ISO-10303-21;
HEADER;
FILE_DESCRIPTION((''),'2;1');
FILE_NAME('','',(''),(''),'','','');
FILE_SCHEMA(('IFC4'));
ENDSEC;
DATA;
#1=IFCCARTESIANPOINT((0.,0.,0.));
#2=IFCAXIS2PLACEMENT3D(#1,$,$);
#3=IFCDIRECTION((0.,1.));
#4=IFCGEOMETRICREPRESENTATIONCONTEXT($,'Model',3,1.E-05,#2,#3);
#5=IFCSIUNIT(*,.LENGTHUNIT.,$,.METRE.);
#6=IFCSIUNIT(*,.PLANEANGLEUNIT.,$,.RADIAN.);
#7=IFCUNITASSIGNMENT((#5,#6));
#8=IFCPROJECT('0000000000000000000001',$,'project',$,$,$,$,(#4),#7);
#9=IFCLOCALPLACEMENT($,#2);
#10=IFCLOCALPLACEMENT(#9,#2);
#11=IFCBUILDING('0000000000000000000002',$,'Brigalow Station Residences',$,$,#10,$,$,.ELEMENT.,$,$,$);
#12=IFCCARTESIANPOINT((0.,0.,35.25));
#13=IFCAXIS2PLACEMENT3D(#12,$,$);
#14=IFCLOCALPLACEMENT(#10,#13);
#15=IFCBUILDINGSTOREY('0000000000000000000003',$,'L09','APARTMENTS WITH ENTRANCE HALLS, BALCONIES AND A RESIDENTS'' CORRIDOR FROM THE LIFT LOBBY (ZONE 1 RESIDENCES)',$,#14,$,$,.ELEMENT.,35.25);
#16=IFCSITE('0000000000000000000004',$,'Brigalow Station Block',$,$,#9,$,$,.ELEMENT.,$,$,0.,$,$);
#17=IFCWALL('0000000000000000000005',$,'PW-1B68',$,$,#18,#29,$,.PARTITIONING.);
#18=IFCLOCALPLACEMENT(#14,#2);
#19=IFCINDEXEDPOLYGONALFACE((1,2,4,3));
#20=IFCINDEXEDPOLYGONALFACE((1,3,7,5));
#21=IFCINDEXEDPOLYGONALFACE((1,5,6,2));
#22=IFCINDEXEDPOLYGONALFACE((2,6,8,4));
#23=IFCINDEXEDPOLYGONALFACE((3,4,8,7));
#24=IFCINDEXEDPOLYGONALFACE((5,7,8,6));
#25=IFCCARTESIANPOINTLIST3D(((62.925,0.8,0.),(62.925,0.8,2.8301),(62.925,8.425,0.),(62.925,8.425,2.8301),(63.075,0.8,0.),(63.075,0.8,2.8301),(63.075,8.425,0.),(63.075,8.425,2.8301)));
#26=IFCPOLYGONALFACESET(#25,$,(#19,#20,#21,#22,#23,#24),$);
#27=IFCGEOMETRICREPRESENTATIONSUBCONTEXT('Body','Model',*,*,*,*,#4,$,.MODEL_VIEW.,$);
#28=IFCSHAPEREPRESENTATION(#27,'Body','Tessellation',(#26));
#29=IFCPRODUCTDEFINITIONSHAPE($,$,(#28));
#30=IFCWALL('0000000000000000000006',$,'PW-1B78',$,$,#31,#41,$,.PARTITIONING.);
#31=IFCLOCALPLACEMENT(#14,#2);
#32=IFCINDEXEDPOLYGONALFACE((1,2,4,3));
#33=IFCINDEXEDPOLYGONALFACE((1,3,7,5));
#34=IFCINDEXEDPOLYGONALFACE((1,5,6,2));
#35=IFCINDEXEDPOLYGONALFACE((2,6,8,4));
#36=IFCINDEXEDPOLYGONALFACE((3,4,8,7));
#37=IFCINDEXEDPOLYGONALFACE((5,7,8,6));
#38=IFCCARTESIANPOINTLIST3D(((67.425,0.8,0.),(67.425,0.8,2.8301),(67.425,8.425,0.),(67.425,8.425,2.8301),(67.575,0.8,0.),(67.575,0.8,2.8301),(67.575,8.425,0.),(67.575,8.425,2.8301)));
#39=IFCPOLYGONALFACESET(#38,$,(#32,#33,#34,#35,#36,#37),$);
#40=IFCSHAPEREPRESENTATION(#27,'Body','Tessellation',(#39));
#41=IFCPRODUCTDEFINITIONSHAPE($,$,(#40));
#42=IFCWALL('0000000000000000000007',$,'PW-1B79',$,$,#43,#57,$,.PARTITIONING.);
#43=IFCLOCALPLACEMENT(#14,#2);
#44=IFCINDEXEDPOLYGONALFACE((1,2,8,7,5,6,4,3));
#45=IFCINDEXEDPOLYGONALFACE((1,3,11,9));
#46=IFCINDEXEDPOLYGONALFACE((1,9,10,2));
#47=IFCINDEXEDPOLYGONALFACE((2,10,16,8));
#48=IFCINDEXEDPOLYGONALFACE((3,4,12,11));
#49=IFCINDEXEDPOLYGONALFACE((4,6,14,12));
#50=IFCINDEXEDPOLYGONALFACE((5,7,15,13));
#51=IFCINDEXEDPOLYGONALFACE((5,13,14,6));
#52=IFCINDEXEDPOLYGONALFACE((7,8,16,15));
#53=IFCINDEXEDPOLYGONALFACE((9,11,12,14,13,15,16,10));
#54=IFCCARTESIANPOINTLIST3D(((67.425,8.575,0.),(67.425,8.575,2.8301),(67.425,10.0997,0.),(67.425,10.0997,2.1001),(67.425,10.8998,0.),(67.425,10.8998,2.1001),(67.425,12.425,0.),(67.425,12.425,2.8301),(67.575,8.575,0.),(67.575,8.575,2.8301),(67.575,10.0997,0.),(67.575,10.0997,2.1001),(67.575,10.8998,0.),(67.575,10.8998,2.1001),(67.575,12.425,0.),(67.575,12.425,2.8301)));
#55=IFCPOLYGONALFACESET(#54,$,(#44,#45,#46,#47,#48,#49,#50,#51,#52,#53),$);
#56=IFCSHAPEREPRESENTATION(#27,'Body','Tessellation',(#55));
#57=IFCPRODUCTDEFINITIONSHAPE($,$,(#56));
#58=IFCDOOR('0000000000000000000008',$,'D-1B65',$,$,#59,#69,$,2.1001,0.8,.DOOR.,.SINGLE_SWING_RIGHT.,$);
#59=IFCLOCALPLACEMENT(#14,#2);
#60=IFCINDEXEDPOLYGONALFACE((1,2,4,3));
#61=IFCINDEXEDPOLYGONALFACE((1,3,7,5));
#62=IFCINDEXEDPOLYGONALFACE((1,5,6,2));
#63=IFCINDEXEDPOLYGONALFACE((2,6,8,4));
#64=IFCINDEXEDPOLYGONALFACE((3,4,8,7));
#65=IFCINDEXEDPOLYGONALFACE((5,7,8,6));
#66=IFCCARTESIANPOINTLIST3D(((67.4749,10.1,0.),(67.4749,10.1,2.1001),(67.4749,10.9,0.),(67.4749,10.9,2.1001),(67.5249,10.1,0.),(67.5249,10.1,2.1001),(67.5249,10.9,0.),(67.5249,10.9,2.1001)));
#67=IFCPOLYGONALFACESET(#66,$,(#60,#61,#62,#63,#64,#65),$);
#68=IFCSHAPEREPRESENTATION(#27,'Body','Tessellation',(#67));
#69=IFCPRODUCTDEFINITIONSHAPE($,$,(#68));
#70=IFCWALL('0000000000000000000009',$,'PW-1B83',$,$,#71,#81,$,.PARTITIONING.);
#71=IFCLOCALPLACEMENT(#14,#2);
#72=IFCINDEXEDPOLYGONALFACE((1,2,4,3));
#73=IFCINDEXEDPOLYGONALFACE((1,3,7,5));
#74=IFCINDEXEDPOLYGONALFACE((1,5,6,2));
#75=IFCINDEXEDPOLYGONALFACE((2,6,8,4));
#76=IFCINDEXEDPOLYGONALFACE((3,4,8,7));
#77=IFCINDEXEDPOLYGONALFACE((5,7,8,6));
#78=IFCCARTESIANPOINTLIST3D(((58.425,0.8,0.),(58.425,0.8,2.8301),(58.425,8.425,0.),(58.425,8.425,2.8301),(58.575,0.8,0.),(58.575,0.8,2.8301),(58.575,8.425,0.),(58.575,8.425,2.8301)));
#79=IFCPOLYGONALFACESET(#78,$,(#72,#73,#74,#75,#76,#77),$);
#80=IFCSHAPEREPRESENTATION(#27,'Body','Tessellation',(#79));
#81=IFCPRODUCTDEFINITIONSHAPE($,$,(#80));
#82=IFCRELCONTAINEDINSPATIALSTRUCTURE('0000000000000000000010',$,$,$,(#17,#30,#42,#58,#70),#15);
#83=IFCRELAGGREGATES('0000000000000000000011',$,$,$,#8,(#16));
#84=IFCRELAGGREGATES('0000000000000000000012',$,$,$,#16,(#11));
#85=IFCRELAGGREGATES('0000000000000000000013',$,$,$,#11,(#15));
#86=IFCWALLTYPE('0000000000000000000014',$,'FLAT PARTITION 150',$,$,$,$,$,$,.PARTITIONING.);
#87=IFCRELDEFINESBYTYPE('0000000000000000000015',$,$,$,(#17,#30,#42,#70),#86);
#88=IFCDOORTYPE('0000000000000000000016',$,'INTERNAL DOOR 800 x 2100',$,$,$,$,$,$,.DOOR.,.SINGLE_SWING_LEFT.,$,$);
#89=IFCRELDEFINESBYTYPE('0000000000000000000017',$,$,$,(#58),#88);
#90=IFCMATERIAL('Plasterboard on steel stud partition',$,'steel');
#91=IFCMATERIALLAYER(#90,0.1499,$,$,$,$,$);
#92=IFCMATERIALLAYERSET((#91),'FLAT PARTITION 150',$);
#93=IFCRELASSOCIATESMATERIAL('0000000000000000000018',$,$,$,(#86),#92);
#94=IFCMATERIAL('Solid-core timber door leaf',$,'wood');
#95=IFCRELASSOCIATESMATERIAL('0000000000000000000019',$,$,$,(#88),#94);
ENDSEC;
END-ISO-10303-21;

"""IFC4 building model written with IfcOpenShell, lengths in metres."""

from ifc_helpers import new_model, si_unit, direction, frame, frame_2d, origin, place, context, subcontext, project, spatial, rectangle, extrude, material, layer, layer_set, type_object, element, fill, save


model = new_model("IFC4")

# Units and contexts
model_context = context("Model", 3, precision=1e-05, world=origin(), true_north=direction((0.0, 1.0)))
body_context = subcontext(model_context, "Body", "Model", "MODEL_VIEW")
ifc_project = project(units=[si_unit("LENGTHUNIT", "METRE"), si_unit("PLANEANGLEUNIT", "RADIAN")], contexts=[model_context])

# Site, building, storey
site_placement = place(None, origin())
site = spatial("IfcSite", under=ifc_project, at=site_placement, Name="Brigalow Station Block", CompositionType="ELEMENT", RefElevation=0.0)
building_placement = place(site_placement, origin())
building = spatial("IfcBuilding", under=site, at=building_placement, Name="Brigalow Station Residences", CompositionType="ELEMENT")
storey_placement = place(building_placement, frame((0.0, 0.0, 35.25)))
storey = spatial("IfcBuildingStorey", under=building, at=storey_placement, Name="L09", Description="APARTMENTS WITH ENTRANCE HALLS, BALCONIES AND A RESIDENTS' CORRIDOR FROM THE LIFT LOBBY (ZONE 1 RESIDENCES)", CompositionType="ELEMENT", Elevation=35.25)

# Walls
ifc_material_1 = material(Name="Plasterboard on steel stud partition", Category="steel")
ifc_layer_1 = layer(ifc_material_1, 0.1499)
ifc_layer_set_1 = layer_set([ifc_layer_1], Name="FLAT PARTITION 150")
wall_type_1 = type_object("IfcWallType", Name="FLAT PARTITION 150", PredefinedType="PARTITIONING", material=ifc_layer_set_1)
for number, where, z_axis, x_axis, name in (
    (1, (63.0, 0.8, 0.0), (0.0, 0.0, 1.0), (0.0, 1.0, 0.0), "PW-1B68"),
    (2, (67.5, 0.8, 0.0), (0.0, 0.0, 1.0), (0.0, 1.0, 0.0), "PW-1B78"),
):
    element("IfcWall", number, at=place(storey_placement, frame(where, z_axis=z_axis, x_axis=x_axis)), inside=storey, type_object=wall_type_1, Name=name, PredefinedType="PARTITIONING", context=body_context, shape_type="SweptSolid", body=[
        extrude(rectangle(XDim=7.625, YDim=0.1499, at=frame_2d((3.8125, 0.0))), origin(), (0.0, 0.0, 1.0), 2.8301),
    ])

# Wall, opening, door
wall_1_placement = place(storey_placement, frame((67.5, 8.575, 0.0), z_axis=(0.0, 0.0, 1.0), x_axis=(0.0, 1.0, 0.0)))
wall_1 = element("IfcWall", 3, at=wall_1_placement, inside=storey, type_object=wall_type_1, Name="PW-1B79", PredefinedType="PARTITIONING", context=body_context, shape_type="SweptSolid", body=[
    extrude(rectangle(XDim=3.8501, YDim=0.1499, at=frame_2d((1.925, 0.0))), origin(), (0.0, 0.0, 1.0), 2.8301),
])
opening_1_placement = place(wall_1_placement, frame((1.5249, 0.0, 0.0)))
opening_1 = element("IfcOpeningElement", 4, at=opening_1_placement, cuts=wall_1, PredefinedType="OPENING", context=body_context, shape_type="SweptSolid", body=[
    extrude(rectangle(XDim=0.8, YDim=2.1001, at=frame_2d((0.3999, 1.05))), frame((0.0, 0.085, 0.0), z_axis=(0.0, -1.0, 0.0), x_axis=(1.0, 0.0, 0.0)), (0.0, 0.0, 1.0), 0.1699),
])
ifc_material_2 = material(Name="Solid-core timber door leaf", Category="wood")
door_type = type_object("IfcDoorType", Name="INTERNAL DOOR 800 x 2100", OperationType="SINGLE_SWING_LEFT", PredefinedType="DOOR", material=ifc_material_2)
door_placement = place(opening_1_placement, frame((0.8, 0.0, 0.0), z_axis=(0.0, 0.0, 1.0), x_axis=(-1.0, 0.0, 0.0)))
door = element("IfcDoor", 5, at=door_placement, inside=storey, type_object=door_type, Name="D-1B65", OperationType="SINGLE_SWING_RIGHT", OverallHeight=2.1001, OverallWidth=0.8, PredefinedType="DOOR", context=body_context, shape_type="SweptSolid", body=[
    extrude(rectangle(XDim=0.8, YDim=2.1001, at=frame_2d((0.3999, 1.05))), frame((0.0, 0.0249, 0.0), z_axis=(0.0, -1.0, 0.0), x_axis=(1.0, 0.0, 0.0)), (0.0, 0.0, 1.0), 0.05),
])
fill(opening_1, door)

# Wall
wall_2_placement = place(storey_placement, frame((58.5, 0.8, 0.0), z_axis=(0.0, 0.0, 1.0), x_axis=(0.0, 1.0, 0.0)))
element("IfcWall", 6, at=wall_2_placement, inside=storey, type_object=wall_type_1, Name="PW-1B83", PredefinedType="PARTITIONING", context=body_context, shape_type="SweptSolid", body=[
    extrude(rectangle(XDim=7.625, YDim=0.1499, at=frame_2d((3.8125, 0.0))), origin(), (0.0, 0.0, 1.0), 2.8301),
])

save(model, "model.ifc")
